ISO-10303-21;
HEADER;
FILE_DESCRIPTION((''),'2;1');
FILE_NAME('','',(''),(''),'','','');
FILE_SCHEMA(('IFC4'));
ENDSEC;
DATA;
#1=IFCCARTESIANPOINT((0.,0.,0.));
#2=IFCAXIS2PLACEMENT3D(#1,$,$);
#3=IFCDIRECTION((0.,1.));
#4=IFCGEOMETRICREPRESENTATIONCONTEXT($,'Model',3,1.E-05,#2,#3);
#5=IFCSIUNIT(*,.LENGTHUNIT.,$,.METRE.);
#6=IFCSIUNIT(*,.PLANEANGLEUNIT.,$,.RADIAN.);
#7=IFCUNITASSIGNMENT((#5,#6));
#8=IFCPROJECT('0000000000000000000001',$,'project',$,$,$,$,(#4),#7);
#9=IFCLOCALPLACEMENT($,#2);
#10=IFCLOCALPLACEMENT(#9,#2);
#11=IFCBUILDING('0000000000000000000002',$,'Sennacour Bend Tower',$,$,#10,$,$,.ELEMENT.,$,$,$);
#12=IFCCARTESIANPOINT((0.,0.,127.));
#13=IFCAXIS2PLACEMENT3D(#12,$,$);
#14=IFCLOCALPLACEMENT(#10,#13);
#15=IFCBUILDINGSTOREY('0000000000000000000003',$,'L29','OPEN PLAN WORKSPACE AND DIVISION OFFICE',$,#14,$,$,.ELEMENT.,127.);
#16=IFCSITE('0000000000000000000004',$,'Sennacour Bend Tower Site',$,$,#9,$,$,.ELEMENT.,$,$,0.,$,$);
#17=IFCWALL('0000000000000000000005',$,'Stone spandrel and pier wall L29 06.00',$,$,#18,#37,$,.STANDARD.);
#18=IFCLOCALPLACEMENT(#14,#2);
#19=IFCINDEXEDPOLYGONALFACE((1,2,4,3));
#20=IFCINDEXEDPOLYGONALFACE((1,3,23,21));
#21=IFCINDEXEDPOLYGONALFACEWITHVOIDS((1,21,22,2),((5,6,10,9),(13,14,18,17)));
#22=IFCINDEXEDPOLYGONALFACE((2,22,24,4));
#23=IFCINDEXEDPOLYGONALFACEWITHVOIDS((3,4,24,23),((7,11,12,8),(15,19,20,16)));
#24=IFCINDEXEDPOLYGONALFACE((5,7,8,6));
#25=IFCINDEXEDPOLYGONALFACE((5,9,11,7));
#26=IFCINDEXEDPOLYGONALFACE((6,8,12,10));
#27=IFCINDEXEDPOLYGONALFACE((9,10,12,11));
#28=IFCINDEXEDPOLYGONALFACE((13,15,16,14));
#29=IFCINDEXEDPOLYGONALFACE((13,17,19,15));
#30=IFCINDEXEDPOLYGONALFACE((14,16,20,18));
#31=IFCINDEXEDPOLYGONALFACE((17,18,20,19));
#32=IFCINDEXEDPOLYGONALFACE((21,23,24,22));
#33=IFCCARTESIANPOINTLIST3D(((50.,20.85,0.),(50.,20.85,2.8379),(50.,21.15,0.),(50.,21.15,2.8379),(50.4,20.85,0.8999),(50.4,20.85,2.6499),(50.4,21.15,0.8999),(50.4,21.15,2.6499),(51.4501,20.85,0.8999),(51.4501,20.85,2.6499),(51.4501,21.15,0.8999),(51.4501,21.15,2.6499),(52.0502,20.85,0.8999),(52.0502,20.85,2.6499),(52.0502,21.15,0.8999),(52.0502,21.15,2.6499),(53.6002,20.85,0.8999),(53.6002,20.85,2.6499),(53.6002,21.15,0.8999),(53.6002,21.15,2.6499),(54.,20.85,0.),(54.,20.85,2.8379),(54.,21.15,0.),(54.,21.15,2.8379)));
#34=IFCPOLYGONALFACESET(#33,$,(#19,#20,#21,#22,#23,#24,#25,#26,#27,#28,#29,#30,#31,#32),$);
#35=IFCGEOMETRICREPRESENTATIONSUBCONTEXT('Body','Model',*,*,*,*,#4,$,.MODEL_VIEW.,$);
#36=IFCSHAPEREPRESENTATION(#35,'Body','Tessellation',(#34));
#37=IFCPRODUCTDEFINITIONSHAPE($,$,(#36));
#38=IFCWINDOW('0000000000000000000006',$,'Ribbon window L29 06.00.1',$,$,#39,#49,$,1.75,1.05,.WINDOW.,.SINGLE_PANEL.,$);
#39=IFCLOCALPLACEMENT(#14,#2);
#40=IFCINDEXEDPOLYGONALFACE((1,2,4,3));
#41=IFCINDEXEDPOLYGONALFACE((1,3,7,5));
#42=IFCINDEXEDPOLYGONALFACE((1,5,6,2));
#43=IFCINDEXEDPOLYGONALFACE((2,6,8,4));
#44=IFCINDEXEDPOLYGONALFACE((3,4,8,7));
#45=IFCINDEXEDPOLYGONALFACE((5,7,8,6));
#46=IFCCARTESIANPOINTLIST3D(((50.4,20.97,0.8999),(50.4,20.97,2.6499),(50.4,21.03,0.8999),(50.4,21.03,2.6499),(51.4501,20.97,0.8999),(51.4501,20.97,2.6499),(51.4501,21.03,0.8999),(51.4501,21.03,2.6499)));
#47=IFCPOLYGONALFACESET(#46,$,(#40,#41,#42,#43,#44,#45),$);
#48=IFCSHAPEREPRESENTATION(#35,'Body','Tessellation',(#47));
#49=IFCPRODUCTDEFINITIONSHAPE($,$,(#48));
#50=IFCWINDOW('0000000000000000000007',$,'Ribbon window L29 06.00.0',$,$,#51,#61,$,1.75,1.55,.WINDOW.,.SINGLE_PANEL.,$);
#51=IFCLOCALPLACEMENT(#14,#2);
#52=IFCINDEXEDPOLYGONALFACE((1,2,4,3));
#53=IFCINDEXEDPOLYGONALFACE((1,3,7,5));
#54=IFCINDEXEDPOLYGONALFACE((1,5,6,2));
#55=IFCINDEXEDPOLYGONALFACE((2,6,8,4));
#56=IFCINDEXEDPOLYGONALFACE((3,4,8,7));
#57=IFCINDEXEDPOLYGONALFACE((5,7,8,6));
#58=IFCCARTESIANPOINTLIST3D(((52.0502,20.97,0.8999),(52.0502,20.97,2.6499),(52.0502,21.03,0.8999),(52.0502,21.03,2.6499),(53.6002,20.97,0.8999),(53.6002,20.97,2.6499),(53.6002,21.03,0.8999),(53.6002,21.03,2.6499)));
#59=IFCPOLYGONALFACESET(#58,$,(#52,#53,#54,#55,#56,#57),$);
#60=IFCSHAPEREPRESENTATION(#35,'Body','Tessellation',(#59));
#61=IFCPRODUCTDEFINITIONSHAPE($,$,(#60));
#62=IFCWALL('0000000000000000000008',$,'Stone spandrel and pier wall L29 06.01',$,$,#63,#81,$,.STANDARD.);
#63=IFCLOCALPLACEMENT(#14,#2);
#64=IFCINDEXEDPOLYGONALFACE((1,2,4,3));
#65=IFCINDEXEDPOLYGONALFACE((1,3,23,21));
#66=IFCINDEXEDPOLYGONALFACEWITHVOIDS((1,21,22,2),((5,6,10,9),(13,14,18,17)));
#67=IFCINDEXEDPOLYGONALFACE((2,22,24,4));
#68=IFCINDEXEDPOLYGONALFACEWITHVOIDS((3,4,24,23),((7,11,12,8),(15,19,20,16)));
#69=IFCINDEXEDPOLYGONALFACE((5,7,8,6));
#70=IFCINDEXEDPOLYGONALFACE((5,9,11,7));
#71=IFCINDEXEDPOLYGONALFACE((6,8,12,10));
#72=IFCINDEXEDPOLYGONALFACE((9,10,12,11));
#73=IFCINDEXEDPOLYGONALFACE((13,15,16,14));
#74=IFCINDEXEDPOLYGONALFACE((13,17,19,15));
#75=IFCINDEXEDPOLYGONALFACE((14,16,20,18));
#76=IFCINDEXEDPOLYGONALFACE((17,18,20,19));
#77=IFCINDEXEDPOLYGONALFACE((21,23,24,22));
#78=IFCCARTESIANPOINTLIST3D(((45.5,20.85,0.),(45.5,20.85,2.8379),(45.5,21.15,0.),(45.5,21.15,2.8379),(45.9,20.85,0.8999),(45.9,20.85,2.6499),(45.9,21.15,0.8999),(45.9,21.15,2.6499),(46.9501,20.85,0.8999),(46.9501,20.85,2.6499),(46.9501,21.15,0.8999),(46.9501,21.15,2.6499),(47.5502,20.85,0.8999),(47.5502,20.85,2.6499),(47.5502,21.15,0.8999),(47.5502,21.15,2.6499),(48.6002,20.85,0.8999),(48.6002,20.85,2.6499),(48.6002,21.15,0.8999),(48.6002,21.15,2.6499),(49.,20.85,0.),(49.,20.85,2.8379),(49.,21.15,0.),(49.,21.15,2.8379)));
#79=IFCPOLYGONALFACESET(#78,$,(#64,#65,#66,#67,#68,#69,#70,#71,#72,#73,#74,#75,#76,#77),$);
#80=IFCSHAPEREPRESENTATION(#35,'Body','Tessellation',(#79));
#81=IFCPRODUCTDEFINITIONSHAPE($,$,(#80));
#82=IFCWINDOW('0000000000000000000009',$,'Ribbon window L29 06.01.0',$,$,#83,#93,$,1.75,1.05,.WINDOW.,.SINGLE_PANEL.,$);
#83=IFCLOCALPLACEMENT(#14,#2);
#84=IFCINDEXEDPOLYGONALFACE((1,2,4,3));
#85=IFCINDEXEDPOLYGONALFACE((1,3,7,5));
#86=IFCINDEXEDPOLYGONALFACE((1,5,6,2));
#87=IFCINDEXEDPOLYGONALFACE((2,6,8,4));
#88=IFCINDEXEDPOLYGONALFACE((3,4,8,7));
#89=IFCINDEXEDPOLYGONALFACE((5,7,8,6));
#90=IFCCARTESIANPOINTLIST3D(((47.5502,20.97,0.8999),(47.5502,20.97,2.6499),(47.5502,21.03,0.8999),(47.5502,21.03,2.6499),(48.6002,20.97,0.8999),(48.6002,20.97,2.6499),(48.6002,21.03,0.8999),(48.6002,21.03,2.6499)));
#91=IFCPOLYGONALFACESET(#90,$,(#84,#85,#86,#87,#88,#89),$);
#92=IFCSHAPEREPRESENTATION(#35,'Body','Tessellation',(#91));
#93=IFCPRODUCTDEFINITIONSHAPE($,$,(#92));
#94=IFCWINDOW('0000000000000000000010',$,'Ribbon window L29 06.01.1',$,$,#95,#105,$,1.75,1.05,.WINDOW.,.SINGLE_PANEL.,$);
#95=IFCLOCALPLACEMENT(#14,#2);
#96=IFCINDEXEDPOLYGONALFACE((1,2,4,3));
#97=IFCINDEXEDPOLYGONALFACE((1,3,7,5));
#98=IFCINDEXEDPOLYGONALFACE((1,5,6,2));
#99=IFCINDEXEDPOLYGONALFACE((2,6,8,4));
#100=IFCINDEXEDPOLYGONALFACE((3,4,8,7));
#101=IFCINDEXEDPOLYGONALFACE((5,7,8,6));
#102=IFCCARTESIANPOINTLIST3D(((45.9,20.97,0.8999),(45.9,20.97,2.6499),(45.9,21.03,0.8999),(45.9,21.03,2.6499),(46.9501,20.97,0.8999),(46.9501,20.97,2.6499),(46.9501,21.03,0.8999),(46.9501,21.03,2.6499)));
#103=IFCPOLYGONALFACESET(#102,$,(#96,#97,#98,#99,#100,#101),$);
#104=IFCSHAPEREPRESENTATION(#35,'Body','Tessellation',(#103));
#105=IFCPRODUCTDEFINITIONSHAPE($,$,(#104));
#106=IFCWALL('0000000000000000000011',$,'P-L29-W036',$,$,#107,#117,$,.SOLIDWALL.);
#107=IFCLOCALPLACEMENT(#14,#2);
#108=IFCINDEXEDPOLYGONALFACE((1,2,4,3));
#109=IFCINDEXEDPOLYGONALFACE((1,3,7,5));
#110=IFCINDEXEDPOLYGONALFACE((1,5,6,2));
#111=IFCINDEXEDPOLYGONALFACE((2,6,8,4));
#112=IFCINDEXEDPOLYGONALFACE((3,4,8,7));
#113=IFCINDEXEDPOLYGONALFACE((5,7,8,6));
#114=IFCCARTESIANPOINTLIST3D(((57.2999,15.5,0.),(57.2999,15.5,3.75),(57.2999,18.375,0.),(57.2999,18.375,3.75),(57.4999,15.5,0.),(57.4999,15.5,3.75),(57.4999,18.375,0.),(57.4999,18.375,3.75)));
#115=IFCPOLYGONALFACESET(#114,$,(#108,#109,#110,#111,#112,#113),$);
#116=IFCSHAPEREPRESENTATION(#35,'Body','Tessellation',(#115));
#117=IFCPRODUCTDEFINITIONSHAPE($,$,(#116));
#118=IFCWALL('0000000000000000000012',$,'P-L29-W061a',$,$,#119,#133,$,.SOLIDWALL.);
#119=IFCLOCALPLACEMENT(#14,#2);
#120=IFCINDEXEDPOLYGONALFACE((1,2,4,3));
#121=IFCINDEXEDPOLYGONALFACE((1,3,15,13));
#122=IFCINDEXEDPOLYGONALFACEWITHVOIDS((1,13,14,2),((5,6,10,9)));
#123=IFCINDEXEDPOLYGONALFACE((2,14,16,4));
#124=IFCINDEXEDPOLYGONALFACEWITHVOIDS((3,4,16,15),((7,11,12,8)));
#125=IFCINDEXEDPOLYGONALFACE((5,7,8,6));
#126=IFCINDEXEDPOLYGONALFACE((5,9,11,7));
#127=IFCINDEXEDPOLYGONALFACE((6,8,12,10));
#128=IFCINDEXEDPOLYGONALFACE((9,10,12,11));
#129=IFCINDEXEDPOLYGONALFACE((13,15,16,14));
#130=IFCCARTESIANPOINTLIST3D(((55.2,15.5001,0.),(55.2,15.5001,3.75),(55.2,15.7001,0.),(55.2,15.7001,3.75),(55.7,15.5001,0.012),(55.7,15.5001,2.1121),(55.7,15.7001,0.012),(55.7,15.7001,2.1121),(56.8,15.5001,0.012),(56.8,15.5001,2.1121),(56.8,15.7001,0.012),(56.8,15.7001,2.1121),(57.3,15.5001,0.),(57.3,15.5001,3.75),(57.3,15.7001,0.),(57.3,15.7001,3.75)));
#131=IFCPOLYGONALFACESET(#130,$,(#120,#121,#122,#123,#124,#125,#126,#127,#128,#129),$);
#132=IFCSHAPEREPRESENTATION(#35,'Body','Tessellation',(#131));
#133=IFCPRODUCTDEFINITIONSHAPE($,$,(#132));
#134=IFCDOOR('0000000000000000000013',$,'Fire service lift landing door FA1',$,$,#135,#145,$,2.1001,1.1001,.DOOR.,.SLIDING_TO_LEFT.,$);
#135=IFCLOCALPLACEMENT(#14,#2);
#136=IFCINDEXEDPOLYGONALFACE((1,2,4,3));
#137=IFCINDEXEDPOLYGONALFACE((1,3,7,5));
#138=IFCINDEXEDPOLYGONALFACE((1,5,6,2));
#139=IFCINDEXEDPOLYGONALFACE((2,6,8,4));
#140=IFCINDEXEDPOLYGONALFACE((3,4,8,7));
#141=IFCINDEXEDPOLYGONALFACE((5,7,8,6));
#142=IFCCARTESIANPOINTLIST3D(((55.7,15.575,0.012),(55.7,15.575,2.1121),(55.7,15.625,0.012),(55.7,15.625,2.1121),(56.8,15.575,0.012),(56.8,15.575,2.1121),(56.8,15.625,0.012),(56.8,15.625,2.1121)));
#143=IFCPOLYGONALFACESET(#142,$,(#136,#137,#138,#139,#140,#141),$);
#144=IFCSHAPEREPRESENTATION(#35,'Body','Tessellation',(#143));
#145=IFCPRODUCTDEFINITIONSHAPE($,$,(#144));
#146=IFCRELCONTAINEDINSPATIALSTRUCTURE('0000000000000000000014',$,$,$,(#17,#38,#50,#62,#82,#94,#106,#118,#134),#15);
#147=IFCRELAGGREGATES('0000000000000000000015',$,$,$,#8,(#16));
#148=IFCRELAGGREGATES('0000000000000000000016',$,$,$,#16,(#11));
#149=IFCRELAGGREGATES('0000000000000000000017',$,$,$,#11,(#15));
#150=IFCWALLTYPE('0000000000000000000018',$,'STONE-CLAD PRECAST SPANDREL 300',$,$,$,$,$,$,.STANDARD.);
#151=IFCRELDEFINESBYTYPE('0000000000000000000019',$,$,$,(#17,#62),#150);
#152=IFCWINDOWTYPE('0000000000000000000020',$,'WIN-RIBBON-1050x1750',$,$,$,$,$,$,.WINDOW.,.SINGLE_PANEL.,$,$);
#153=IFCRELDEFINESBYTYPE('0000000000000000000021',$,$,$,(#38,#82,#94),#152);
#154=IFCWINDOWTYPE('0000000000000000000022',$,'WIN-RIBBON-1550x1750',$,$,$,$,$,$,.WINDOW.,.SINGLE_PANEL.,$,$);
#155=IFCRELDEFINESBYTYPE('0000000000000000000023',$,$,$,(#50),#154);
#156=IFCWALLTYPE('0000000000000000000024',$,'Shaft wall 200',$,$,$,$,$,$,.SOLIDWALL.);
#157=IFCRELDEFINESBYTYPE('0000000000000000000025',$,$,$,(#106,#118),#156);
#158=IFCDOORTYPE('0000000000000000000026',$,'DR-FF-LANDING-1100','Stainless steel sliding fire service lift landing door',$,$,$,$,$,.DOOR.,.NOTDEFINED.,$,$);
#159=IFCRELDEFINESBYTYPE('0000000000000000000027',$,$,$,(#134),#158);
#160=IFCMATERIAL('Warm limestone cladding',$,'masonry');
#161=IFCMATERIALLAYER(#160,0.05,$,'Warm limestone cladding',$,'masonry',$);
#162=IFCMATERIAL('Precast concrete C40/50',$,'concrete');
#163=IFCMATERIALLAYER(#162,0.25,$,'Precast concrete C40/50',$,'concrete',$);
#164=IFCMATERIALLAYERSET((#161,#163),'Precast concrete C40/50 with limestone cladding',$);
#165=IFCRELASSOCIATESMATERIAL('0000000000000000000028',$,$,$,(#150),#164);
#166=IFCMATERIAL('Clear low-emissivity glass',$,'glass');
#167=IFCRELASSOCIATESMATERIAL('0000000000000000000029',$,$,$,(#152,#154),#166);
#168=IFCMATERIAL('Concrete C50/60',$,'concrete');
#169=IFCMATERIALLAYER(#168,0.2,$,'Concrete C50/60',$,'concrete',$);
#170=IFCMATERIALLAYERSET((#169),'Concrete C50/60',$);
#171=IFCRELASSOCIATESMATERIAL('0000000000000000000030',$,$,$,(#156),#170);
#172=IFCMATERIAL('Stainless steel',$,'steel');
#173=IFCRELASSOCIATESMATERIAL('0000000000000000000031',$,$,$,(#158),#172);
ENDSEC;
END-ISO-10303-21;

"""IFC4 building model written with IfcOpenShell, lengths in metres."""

from ifc_helpers import new_model, si_unit, direction, frame, frame_2d, origin, place, context, subcontext, project, spatial, rectangle, extrude, material, layer, layer_set, type_object, element, fill, save


model = new_model("IFC4")

# Units and contexts
model_context = context("Model", 3, precision=1e-05, world=origin(), true_north=direction((0.0, 1.0)))
body_context = subcontext(model_context, "Body", "Model", "MODEL_VIEW")
ifc_project = project(units=[si_unit("LENGTHUNIT", "METRE"), si_unit("PLANEANGLEUNIT", "RADIAN")], contexts=[model_context])

# Site, building, storey
site_placement = place(None, origin())
site = spatial("IfcSite", under=ifc_project, at=site_placement, Name="Sennacour Bend Tower Site", CompositionType="ELEMENT", RefElevation=0.0)
building_placement = place(site_placement, origin())
building = spatial("IfcBuilding", under=site, at=building_placement, Name="Sennacour Bend Tower", CompositionType="ELEMENT")
storey_placement = place(building_placement, frame((0.0, 0.0, 127.0)))
storey = spatial("IfcBuildingStorey", under=building, at=storey_placement, Name="L29", Description="OPEN PLAN WORKSPACE AND DIVISION OFFICE", CompositionType="ELEMENT", Elevation=127.0)

# Walls, openings, windows
ifc_material_1 = material(Name="Warm limestone cladding", Category="masonry")
ifc_layer_1 = layer(ifc_material_1, 0.05, Name="Warm limestone cladding", Category="masonry")
ifc_material_2 = material(Name="Precast concrete C40/50", Category="concrete")
ifc_layer_2 = layer(ifc_material_2, 0.25, Name="Precast concrete C40/50", Category="concrete")
ifc_layer_set_1 = layer_set([ifc_layer_1, ifc_layer_2], Name="Precast concrete C40/50 with limestone cladding")
wall_type_1 = type_object("IfcWallType", Name="STONE-CLAD PRECAST SPANDREL 300", PredefinedType="STANDARD", material=ifc_layer_set_1)
wall_1_placement = place(storey_placement, frame((54.0, 21.0, 0.0), z_axis=(0.0, 0.0, 1.0), x_axis=(-1.0, 0.0, 0.0)))
wall_1 = element("IfcWall", 1, at=wall_1_placement, inside=storey, type_object=wall_type_1, Name="Stone spandrel and pier wall L29 06.00", PredefinedType="STANDARD", context=body_context, shape_type="SweptSolid", body=[
    extrude(rectangle(XDim=4.0, YDim=0.3, at=frame_2d((2.0, 0.0))), origin(), (0.0, 0.0, 1.0), 2.8379),
])
opening_1_placement = place(wall_1_placement, frame((0.3999, 0.0, 0.8999)))
opening_1 = element("IfcOpeningElement", 2, at=opening_1_placement, cuts=wall_1, PredefinedType="OPENING", context=body_context, shape_type="SweptSolid", body=[
    extrude(rectangle(XDim=1.55, YDim=1.75, at=frame_2d((0.7749, 0.875))), frame((0.0, 0.1602, 0.0), z_axis=(0.0, -1.0, 0.0), x_axis=(1.0, 0.0, 0.0)), (0.0, 0.0, 1.0), 0.3201),
])
opening_2_placement = place(wall_1_placement, frame((2.55, 0.0, 0.8999)))
opening_2 = element("IfcOpeningElement", 3, at=opening_2_placement, cuts=wall_1, PredefinedType="OPENING", context=body_context, shape_type="SweptSolid", body=[
    extrude(rectangle(XDim=1.05, YDim=1.75, at=frame_2d((0.5249, 0.875))), frame((0.0, 0.1602, 0.0), z_axis=(0.0, -1.0, 0.0), x_axis=(1.0, 0.0, 0.0)), (0.0, 0.0, 1.0), 0.3201),
])
ifc_material_3 = material(Name="Clear low-emissivity glass", Category="glass")
window_type_1 = type_object("IfcWindowType", Name="WIN-RIBBON-1050x1750", PartitioningType="SINGLE_PANEL", PredefinedType="WINDOW", material=ifc_material_3)
window_1_placement = place(opening_2_placement, origin())
window_1 = element("IfcWindow", 4, at=window_1_placement, inside=storey, type_object=window_type_1, Name="Ribbon window L29 06.00.1", OverallHeight=1.75, OverallWidth=1.05, PartitioningType="SINGLE_PANEL", PredefinedType="WINDOW", context=body_context, shape_type="SweptSolid", body=[
    extrude(rectangle(XDim=1.05, YDim=1.75, at=frame_2d((0.5249, 0.875))), frame((0.0, 0.03, 0.0), z_axis=(0.0, -1.0, 0.0), x_axis=(1.0, 0.0, 0.0)), (0.0, 0.0, 1.0), 0.0601),
])
fill(opening_2, window_1)
window_type_2 = type_object("IfcWindowType", Name="WIN-RIBBON-1550x1750", PartitioningType="SINGLE_PANEL", PredefinedType="WINDOW", material=ifc_material_3)
window_2_placement = place(opening_1_placement, origin())
window_2 = element("IfcWindow", 5, at=window_2_placement, inside=storey, type_object=window_type_2, Name="Ribbon window L29 06.00.0", OverallHeight=1.75, OverallWidth=1.55, PartitioningType="SINGLE_PANEL", PredefinedType="WINDOW", context=body_context, shape_type="SweptSolid", body=[
    extrude(rectangle(XDim=1.55, YDim=1.75, at=frame_2d((0.7749, 0.875))), frame((0.0, 0.03, 0.0), z_axis=(0.0, -1.0, 0.0), x_axis=(1.0, 0.0, 0.0)), (0.0, 0.0, 1.0), 0.0601),
])
fill(opening_1, window_2)
wall_2_placement = place(storey_placement, frame((49.0, 21.0, 0.0), z_axis=(0.0, 0.0, 1.0), x_axis=(-1.0, 0.0, 0.0)))
wall_2 = element("IfcWall", 6, at=wall_2_placement, inside=storey, type_object=wall_type_1, Name="Stone spandrel and pier wall L29 06.01", PredefinedType="STANDARD", context=body_context, shape_type="SweptSolid", body=[
    extrude(rectangle(XDim=3.5, YDim=0.3, at=frame_2d((1.75, 0.0))), origin(), (0.0, 0.0, 1.0), 2.8379),
])
opening_3_placement = place(wall_2_placement, frame((0.3999, 0.0, 0.8999)))
opening_3 = element("IfcOpeningElement", 7, at=opening_3_placement, cuts=wall_2, PredefinedType="OPENING", context=body_context, shape_type="SweptSolid", body=[
    extrude(rectangle(XDim=1.05, YDim=1.75, at=frame_2d((0.5249, 0.875))), frame((0.0, 0.1602, 0.0), z_axis=(0.0, -1.0, 0.0), x_axis=(1.0, 0.0, 0.0)), (0.0, 0.0, 1.0), 0.3201),
])
opening_4_placement = place(wall_2_placement, frame((2.05, 0.0, 0.8999)))
opening_4 = element("IfcOpeningElement", 8, at=opening_4_placement, cuts=wall_2, PredefinedType="OPENING", context=body_context, shape_type="SweptSolid", body=[
    extrude(rectangle(XDim=1.05, YDim=1.75, at=frame_2d((0.5249, 0.875))), frame((0.0, 0.1602, 0.0), z_axis=(0.0, -1.0, 0.0), x_axis=(1.0, 0.0, 0.0)), (0.0, 0.0, 1.0), 0.3201),
])
window_3_placement = place(opening_3_placement, origin())
window_3 = element("IfcWindow", 9, at=window_3_placement, inside=storey, type_object=window_type_1, Name="Ribbon window L29 06.01.0", OverallHeight=1.75, OverallWidth=1.05, PartitioningType="SINGLE_PANEL", PredefinedType="WINDOW", context=body_context, shape_type="SweptSolid", body=[
    extrude(rectangle(XDim=1.05, YDim=1.75, at=frame_2d((0.5249, 0.875))), frame((0.0, 0.03, 0.0), z_axis=(0.0, -1.0, 0.0), x_axis=(1.0, 0.0, 0.0)), (0.0, 0.0, 1.0), 0.0601),
])
fill(opening_3, window_3)
window_4_placement = place(opening_4_placement, origin())
window_4 = element("IfcWindow", 10, at=window_4_placement, inside=storey, type_object=window_type_1, Name="Ribbon window L29 06.01.1", OverallHeight=1.75, OverallWidth=1.05, PartitioningType="SINGLE_PANEL", PredefinedType="WINDOW", context=body_context, shape_type="SweptSolid", body=[
    extrude(rectangle(XDim=1.05, YDim=1.75, at=frame_2d((0.5249, 0.875))), frame((0.0, 0.03, 0.0), z_axis=(0.0, -1.0, 0.0), x_axis=(1.0, 0.0, 0.0)), (0.0, 0.0, 1.0), 0.0601),
])
fill(opening_4, window_4)

# Wall
ifc_material_4 = material(Name="Concrete C50/60", Category="concrete")
ifc_layer_3 = layer(ifc_material_4, 0.2, Name="Concrete C50/60", Category="concrete")
ifc_layer_set_2 = layer_set([ifc_layer_3], Name="Concrete C50/60")
wall_type_2 = type_object("IfcWallType", Name="Shaft wall 200", PredefinedType="SOLIDWALL", material=ifc_layer_set_2)
wall_3_placement = place(storey_placement, frame((57.3999, 15.5, 0.0), z_axis=(0.0, 0.0, 1.0), x_axis=(0.0, 1.0, 0.0)))
element("IfcWall", 11, at=wall_3_placement, inside=storey, type_object=wall_type_2, Name="P-L29-W036", PredefinedType="SOLIDWALL", context=body_context, shape_type="SweptSolid", body=[
    extrude(rectangle(XDim=2.875, YDim=0.2, at=frame_2d((1.4375, 0.0))), origin(), (0.0, 0.0, 1.0), 3.75),
])

# Wall, opening, door
wall_4_placement = place(storey_placement, frame((55.2, 15.6001, 0.0), z_axis=(0.0, 0.0, 1.0), x_axis=(1.0, 0.0, 0.0)))
wall_4 = element("IfcWall", 12, at=wall_4_placement, inside=storey, type_object=wall_type_2, Name="P-L29-W061a", PredefinedType="SOLIDWALL", context=body_context, shape_type="SweptSolid", body=[
    extrude(rectangle(XDim=2.1001, YDim=0.2, at=frame_2d((1.05, 0.0))), origin(), (0.0, 0.0, 1.0), 3.75),
])
opening_5_placement = place(wall_4_placement, frame((0.5, 0.0, 0.012)))
opening_5 = element("IfcOpeningElement", 13, at=opening_5_placement, cuts=wall_4, PredefinedType="OPENING", context=body_context, shape_type="SweptSolid", body=[
    extrude(rectangle(XDim=1.1001, YDim=2.1001, at=frame_2d((0.55, 1.05))), frame((0.0, 0.1099, 0.0), z_axis=(0.0, -1.0, 0.0), x_axis=(1.0, 0.0, 0.0)), (0.0, 0.0, 1.0), 0.22),
])
ifc_material_5 = material(Name="Stainless steel", Category="steel")
door_type_1 = type_object("IfcDoorType", Name="DR-FF-LANDING-1100", Description="Stainless steel sliding fire service lift landing door", OperationType="NOTDEFINED", PredefinedType="DOOR", material=ifc_material_5)
door_1_placement = place(opening_5_placement, origin())
door_1 = element("IfcDoor", 14, at=door_1_placement, inside=storey, type_object=door_type_1, Name="Fire service lift landing door FA1", OperationType="SLIDING_TO_LEFT", OverallHeight=2.1001, OverallWidth=1.1001, PredefinedType="DOOR", context=body_context, shape_type="SweptSolid", body=[
    extrude(rectangle(XDim=1.1001, YDim=2.1001, at=frame_2d((0.55, 1.05))), frame((0.0, 0.0249, 0.0), z_axis=(0.0, -1.0, 0.0), x_axis=(1.0, 0.0, 0.0)), (0.0, 0.0, 1.0), 0.05),
])
fill(opening_5, door_1)

save(model, "model.ifc")
